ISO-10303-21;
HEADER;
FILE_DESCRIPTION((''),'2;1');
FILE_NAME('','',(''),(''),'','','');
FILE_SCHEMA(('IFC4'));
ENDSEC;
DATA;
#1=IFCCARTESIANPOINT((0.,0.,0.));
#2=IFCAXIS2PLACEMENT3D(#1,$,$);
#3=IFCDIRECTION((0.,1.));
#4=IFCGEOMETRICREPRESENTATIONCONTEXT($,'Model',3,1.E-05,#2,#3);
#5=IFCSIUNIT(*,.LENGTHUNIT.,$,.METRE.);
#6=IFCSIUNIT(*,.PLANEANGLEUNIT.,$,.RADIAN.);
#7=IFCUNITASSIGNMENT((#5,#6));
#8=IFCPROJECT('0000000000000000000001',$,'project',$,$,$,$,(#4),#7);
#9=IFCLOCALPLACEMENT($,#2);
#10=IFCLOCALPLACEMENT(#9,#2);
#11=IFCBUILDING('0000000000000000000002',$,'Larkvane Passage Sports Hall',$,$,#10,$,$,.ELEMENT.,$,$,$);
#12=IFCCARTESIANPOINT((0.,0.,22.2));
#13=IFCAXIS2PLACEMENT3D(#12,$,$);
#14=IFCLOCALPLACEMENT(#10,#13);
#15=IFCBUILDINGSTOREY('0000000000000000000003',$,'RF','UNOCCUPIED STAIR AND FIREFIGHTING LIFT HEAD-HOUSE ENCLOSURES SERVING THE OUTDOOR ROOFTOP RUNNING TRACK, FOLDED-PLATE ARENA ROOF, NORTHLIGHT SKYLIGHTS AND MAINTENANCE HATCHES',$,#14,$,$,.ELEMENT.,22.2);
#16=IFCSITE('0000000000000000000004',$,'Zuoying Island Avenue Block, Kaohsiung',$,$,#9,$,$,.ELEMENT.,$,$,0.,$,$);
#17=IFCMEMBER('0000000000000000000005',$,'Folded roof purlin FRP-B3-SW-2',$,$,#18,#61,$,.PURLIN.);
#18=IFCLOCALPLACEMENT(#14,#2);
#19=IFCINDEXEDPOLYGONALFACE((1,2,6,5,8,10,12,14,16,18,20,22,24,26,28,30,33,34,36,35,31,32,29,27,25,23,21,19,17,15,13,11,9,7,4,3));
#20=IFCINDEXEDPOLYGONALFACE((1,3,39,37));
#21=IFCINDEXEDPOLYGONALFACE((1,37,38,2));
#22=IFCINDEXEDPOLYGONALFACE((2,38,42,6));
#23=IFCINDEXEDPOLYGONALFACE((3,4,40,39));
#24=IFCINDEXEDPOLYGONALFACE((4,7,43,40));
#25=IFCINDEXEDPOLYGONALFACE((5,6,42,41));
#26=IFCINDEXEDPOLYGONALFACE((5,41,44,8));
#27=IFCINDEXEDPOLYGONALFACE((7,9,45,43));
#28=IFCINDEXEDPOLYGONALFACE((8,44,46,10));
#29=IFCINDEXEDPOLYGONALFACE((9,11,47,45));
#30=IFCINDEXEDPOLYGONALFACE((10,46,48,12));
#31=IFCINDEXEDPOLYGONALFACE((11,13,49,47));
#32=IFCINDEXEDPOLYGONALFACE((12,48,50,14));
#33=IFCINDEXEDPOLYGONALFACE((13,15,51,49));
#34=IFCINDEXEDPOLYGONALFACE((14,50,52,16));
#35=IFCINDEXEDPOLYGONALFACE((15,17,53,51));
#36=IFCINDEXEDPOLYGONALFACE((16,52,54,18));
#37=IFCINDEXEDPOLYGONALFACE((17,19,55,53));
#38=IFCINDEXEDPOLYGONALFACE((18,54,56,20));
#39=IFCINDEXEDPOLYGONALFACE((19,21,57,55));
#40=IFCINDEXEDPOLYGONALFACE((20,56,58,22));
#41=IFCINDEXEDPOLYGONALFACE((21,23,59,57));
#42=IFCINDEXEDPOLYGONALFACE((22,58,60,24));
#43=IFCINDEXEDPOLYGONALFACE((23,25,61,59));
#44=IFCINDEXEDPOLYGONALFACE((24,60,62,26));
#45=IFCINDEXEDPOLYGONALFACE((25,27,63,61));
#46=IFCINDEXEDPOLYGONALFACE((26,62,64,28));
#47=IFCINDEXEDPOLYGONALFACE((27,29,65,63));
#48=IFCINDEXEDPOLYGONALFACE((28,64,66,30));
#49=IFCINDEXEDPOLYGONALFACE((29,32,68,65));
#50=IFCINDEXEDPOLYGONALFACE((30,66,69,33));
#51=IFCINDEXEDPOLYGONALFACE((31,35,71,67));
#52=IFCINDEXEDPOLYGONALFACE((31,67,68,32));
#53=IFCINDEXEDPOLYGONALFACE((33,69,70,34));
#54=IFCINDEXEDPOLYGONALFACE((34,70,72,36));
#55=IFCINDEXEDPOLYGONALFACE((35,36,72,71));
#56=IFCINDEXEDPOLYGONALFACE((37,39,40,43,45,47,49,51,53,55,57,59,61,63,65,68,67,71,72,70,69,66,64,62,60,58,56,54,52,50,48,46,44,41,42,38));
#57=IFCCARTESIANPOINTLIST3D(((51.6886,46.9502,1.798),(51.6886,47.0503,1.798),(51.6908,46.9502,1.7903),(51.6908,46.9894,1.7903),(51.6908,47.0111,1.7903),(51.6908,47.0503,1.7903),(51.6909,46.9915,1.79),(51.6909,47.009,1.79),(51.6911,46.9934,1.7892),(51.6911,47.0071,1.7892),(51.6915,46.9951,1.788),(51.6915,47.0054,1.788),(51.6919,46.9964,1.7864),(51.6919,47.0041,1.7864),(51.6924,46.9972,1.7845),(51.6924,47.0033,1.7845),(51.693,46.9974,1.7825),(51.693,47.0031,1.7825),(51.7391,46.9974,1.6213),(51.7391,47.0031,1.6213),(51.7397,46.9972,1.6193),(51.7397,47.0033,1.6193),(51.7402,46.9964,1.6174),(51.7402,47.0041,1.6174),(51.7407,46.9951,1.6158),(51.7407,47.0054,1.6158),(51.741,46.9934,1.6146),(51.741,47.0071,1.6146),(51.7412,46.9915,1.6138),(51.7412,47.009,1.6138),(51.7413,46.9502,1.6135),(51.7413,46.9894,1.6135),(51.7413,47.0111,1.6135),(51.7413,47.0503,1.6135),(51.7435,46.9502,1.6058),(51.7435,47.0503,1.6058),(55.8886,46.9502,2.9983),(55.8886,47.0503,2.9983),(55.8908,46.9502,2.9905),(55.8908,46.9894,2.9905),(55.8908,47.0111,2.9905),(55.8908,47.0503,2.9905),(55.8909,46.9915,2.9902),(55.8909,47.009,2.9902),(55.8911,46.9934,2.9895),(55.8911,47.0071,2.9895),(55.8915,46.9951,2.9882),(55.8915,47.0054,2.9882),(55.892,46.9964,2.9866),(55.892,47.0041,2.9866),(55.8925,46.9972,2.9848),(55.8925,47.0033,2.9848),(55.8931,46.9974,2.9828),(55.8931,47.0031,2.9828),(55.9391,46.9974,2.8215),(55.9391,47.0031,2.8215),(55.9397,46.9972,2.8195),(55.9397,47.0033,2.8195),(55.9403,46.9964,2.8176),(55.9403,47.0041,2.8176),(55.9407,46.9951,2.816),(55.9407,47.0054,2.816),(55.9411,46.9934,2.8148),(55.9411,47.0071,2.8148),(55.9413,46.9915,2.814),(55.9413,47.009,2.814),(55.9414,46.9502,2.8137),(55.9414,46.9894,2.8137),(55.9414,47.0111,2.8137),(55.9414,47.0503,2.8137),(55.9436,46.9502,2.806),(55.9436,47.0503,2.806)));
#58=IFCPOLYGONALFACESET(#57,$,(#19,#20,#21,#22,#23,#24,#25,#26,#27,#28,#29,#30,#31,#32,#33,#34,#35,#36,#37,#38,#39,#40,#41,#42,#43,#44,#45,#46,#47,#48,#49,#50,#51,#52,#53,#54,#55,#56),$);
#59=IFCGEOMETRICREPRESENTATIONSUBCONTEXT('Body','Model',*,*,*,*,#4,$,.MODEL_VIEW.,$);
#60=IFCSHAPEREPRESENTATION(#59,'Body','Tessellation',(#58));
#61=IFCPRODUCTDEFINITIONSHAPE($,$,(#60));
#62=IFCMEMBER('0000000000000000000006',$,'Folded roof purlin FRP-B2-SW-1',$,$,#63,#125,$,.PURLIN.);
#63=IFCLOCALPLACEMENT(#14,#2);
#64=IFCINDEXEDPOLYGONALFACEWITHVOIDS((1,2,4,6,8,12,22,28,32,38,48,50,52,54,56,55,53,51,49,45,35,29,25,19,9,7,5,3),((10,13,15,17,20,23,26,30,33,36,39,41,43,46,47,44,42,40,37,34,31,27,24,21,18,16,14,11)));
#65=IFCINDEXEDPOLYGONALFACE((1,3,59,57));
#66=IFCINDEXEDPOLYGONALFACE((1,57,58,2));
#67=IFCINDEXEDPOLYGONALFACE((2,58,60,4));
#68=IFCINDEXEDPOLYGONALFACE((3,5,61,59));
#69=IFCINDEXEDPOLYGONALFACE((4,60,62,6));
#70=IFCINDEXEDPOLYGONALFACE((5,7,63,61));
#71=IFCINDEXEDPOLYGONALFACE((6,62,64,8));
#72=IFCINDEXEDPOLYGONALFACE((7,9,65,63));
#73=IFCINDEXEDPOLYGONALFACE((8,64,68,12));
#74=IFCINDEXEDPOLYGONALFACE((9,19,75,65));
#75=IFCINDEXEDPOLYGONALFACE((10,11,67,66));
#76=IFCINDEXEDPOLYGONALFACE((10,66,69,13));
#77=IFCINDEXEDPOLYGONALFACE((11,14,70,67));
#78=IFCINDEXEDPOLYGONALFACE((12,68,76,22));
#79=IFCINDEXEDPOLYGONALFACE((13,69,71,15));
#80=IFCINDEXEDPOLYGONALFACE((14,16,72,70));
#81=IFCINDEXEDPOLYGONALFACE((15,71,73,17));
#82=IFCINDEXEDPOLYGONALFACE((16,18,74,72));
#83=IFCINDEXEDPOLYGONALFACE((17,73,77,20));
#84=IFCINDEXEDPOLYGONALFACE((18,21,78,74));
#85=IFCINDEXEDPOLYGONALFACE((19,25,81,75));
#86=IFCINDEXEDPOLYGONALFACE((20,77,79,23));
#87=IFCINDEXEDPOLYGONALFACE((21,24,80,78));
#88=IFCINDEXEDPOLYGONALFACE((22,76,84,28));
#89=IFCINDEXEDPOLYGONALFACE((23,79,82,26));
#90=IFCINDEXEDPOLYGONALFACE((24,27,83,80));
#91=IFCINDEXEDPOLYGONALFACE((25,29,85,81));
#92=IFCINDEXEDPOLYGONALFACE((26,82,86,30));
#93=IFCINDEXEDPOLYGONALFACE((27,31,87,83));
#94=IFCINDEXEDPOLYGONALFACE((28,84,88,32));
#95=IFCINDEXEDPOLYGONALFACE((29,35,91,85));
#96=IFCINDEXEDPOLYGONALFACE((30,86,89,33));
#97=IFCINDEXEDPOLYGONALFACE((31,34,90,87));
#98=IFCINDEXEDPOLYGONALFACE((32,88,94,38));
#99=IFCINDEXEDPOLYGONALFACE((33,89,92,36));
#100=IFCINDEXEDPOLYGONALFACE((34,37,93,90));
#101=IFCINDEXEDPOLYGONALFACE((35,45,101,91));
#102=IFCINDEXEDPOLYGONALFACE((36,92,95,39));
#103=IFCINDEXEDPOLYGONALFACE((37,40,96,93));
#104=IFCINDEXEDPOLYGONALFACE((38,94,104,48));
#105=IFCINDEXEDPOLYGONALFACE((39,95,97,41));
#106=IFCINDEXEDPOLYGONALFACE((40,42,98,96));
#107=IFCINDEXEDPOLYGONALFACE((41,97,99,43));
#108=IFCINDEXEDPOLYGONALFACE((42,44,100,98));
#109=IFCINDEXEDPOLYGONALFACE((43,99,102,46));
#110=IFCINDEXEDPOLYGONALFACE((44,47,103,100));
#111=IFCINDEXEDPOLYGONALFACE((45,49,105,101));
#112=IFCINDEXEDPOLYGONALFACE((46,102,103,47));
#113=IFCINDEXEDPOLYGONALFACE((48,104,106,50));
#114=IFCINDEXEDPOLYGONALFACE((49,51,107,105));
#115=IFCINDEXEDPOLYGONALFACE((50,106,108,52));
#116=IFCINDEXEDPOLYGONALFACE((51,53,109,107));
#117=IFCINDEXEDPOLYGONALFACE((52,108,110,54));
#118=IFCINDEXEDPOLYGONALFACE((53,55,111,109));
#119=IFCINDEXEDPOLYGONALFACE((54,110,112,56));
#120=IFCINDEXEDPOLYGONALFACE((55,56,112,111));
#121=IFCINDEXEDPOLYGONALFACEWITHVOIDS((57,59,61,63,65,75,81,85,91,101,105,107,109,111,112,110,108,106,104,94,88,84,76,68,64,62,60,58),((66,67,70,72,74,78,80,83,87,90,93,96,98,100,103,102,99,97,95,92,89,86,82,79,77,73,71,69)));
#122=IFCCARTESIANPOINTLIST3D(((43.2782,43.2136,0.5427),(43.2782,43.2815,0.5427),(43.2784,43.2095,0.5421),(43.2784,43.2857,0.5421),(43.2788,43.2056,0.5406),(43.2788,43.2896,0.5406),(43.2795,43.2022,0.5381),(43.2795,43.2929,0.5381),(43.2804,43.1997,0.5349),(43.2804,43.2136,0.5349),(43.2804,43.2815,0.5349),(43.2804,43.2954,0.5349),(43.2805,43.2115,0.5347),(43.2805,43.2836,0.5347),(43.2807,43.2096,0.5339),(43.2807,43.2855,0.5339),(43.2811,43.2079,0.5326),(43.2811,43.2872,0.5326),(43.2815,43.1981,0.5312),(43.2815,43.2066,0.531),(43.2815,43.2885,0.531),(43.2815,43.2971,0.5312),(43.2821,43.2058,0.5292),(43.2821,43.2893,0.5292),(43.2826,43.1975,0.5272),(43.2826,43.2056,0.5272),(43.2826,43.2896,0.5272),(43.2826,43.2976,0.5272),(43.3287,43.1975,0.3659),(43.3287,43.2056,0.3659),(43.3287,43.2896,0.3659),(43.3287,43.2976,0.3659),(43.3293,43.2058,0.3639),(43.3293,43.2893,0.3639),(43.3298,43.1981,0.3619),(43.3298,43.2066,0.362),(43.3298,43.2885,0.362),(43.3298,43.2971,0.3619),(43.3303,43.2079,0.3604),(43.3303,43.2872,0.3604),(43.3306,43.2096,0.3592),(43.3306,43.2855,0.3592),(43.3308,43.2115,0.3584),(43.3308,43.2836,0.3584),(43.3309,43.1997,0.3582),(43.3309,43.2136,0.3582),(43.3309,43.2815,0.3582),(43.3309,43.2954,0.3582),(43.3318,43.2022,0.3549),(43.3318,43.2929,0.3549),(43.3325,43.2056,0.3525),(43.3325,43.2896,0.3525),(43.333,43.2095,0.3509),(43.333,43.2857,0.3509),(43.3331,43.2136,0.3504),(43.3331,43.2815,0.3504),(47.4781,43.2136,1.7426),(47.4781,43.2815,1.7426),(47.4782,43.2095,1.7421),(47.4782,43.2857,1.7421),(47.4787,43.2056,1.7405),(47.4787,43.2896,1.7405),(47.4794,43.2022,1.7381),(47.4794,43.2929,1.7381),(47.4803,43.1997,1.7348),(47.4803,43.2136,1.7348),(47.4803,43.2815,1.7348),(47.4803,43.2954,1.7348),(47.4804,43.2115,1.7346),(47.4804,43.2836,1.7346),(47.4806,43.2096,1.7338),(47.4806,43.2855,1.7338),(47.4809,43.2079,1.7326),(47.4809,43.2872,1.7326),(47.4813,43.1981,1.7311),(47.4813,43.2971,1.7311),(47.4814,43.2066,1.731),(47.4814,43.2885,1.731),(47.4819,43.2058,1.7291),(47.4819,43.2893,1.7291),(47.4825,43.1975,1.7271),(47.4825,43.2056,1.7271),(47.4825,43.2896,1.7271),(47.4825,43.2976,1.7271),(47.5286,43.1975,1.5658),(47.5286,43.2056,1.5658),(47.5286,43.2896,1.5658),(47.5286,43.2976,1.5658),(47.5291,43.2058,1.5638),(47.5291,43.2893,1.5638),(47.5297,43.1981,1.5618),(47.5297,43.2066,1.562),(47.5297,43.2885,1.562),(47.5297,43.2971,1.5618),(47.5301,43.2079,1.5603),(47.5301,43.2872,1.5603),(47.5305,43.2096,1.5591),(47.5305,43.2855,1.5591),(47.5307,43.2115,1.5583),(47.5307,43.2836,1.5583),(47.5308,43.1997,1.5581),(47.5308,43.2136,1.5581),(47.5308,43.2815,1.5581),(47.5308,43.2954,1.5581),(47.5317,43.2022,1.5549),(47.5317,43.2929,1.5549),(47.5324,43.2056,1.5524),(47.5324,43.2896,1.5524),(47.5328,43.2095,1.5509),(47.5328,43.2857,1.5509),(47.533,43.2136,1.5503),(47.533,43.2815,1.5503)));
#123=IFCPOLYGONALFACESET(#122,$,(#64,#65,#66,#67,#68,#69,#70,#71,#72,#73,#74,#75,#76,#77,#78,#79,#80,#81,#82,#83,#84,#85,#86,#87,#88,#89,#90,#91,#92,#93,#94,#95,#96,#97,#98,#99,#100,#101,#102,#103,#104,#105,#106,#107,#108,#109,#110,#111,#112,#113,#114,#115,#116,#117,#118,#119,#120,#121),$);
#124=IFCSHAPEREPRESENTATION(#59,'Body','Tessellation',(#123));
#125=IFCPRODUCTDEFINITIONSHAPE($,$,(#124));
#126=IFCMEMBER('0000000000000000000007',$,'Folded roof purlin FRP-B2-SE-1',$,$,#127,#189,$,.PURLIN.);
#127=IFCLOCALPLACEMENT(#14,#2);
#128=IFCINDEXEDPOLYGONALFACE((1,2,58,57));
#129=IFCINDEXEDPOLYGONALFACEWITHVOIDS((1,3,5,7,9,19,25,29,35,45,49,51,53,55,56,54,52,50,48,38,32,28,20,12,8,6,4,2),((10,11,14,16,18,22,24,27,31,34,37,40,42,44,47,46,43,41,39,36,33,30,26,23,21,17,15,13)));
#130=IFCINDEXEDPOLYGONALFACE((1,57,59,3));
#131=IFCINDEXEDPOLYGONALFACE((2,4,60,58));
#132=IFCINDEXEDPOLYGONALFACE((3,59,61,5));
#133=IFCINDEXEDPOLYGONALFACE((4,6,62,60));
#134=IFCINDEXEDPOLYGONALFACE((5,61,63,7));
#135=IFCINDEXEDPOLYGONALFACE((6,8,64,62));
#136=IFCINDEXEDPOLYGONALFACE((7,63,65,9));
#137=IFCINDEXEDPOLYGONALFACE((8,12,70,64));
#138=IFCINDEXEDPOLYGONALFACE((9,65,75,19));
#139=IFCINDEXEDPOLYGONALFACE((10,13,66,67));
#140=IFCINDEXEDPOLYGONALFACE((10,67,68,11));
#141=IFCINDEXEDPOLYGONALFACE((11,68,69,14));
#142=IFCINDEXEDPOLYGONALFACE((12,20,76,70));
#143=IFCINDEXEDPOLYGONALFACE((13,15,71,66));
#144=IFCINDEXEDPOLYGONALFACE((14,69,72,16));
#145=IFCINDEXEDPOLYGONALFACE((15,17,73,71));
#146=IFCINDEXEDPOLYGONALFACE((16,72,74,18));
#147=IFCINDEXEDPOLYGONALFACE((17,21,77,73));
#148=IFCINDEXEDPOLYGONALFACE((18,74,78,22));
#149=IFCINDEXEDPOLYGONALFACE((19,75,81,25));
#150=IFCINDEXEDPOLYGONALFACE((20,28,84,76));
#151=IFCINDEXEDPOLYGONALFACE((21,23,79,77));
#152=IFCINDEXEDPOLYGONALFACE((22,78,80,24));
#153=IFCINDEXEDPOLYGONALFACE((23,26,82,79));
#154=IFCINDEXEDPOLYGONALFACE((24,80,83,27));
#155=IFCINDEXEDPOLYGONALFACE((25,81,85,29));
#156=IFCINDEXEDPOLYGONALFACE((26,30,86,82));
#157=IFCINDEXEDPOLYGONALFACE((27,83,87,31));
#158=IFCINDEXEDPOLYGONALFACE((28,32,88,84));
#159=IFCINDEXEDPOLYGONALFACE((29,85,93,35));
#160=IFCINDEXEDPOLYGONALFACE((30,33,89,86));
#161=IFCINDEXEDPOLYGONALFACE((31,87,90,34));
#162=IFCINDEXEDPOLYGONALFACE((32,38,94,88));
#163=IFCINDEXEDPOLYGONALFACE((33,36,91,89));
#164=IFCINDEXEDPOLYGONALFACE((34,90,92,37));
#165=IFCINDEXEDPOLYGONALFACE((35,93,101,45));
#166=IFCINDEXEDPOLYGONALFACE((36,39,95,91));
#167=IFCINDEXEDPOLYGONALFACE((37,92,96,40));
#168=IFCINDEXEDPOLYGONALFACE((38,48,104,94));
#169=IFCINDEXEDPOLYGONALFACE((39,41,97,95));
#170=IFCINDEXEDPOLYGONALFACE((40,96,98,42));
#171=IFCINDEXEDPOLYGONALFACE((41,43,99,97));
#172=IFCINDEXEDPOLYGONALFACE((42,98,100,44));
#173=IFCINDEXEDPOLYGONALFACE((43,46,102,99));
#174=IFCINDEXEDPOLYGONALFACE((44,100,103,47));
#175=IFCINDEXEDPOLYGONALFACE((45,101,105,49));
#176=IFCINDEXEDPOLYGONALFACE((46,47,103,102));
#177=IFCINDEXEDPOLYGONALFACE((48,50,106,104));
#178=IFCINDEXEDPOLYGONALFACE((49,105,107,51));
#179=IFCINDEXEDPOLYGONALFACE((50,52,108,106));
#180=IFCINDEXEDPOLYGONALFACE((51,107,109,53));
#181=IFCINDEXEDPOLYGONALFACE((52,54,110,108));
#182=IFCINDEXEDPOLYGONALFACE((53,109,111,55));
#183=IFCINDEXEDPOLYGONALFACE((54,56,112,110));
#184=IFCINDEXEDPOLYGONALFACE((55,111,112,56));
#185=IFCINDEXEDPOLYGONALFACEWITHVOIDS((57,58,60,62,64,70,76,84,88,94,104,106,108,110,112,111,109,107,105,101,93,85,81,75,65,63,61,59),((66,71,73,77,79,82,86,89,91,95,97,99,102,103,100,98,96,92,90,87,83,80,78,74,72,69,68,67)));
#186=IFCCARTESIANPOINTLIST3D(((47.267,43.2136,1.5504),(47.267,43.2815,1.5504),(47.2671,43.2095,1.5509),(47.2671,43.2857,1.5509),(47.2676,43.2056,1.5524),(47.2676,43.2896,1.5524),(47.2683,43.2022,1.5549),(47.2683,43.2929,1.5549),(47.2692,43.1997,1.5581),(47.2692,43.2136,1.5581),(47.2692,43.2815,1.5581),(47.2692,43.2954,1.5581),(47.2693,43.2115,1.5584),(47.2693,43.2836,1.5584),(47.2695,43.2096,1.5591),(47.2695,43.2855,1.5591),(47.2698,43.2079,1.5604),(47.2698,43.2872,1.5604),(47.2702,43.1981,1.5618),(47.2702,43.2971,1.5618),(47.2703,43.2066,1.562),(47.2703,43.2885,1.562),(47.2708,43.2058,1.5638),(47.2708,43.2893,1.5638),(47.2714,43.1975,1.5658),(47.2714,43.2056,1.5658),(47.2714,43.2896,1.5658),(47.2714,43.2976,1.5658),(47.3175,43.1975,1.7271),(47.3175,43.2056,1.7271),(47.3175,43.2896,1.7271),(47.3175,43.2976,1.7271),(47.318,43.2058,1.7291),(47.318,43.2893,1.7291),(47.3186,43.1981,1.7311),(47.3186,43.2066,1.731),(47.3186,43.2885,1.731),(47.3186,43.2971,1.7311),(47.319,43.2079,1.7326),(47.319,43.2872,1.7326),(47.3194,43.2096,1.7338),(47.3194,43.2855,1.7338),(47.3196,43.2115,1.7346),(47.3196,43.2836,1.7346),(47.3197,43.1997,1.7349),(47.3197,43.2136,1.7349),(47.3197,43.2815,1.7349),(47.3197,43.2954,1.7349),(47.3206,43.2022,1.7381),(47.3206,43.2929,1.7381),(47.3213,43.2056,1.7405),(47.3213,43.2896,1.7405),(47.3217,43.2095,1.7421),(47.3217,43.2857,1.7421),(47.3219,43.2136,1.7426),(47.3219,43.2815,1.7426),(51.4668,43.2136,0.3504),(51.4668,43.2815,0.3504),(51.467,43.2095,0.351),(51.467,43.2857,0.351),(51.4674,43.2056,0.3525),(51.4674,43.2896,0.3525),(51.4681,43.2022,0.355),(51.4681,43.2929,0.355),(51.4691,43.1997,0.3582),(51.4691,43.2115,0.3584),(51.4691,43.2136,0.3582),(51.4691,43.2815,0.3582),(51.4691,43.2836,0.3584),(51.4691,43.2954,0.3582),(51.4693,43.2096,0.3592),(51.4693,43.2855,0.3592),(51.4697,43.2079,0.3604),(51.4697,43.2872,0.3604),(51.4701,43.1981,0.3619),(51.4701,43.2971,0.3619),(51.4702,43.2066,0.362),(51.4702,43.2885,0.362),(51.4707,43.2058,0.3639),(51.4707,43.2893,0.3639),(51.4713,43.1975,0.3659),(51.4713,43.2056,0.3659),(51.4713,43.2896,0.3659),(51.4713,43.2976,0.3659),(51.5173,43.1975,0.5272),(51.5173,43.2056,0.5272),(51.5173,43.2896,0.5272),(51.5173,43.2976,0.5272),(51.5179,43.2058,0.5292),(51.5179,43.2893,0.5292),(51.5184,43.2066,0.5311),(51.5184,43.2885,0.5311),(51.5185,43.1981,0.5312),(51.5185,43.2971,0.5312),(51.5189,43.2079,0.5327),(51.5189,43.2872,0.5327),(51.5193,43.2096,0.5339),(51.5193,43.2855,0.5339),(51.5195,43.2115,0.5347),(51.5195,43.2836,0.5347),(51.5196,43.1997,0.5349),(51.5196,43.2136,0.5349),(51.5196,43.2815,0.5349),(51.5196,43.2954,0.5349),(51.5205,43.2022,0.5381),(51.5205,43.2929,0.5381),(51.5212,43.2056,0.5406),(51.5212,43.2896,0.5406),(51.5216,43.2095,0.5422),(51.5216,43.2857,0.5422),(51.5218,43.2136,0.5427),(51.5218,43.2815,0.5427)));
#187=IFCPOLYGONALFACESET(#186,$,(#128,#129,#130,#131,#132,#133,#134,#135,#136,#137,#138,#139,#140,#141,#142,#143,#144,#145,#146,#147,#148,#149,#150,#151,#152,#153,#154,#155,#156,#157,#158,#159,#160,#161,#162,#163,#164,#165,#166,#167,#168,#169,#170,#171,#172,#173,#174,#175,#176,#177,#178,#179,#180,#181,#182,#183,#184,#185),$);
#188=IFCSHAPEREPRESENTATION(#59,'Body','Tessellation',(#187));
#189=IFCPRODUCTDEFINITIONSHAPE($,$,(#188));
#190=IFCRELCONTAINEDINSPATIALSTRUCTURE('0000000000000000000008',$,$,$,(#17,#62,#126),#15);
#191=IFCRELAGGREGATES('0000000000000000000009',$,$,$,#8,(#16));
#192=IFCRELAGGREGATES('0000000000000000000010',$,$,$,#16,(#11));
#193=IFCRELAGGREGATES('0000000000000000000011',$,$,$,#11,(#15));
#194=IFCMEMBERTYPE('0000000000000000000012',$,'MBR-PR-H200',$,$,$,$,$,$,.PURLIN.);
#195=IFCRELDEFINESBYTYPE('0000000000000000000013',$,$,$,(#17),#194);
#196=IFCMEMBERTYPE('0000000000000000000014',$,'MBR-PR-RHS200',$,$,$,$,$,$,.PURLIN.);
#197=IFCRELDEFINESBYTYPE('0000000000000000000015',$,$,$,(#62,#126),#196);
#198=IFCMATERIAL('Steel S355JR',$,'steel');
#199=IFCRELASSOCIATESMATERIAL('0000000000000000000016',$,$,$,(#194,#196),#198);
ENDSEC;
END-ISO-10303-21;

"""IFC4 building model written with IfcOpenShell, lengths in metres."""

from ifc_helpers import new_model, si_unit, direction, frame, origin, origin_2d, place, context, subcontext, project, spatial, hollow_rectangle, i_section, extrude, material, material_profile, profile_set, type_object, element, save


model = new_model("IFC4")

# Units and contexts
model_context = context("Model", 3, precision=1e-05, world=origin(), true_north=direction((0.0, 1.0)))
body_context = subcontext(model_context, "Body", "Model", "MODEL_VIEW")
ifc_project = project(units=[si_unit("LENGTHUNIT", "METRE"), si_unit("PLANEANGLEUNIT", "RADIAN")], contexts=[model_context])

# Site, building, storey
site_placement = place(None, origin())
site = spatial("IfcSite", under=ifc_project, at=site_placement, Name="Zuoying Island Avenue Block, Kaohsiung", CompositionType="ELEMENT", RefElevation=0.0)
building_placement = place(site_placement, origin())
building = spatial("IfcBuilding", under=site, at=building_placement, Name="Larkvane Passage Sports Hall", CompositionType="ELEMENT")
storey_placement = place(building_placement, frame((0.0, 0.0, 22.2)))
storey = spatial("IfcBuildingStorey", under=building, at=storey_placement, Name="RF", Description="UNOCCUPIED STAIR AND FIREFIGHTING LIFT HEAD-HOUSE ENCLOSURES SERVING THE OUTDOOR ROOFTOP RUNNING TRACK, FOLDED-PLATE ARENA ROOF, NORTHLIGHT SKYLIGHTS AND MAINTENANCE HATCHES", CompositionType="ELEMENT", Elevation=22.2)

# Members
ifc_material_1 = material(Name="Steel S355JR", Category="steel")
ifc_material_profile_1 = material_profile(ifc_material_1, i_section(OverallWidth=0.1001, OverallDepth=0.2, WebThickness=0.0056, FlangeThickness=0.0081, FilletRadius=0.0081, at=origin_2d()), Name="H-200x100x5.5x8")
ifc_profile_set_1 = profile_set([ifc_material_profile_1], Name="Steel S355JR")
member_type_1 = type_object("IfcMemberType", Name="MBR-PR-H200", PredefinedType="PURLIN", material=ifc_profile_set_1)
member_1_placement = place(storey_placement, frame((51.7161, 47.0002, 1.7019), z_axis=(0.961511, 0.0, 0.274765), x_axis=(0.0, 1.0, 0.0)))
element("IfcMember", 1, at=member_1_placement, inside=storey, type_object=member_type_1, Name="Folded roof purlin FRP-B3-SW-2", PredefinedType="PURLIN", context=body_context, shape_type="SweptSolid", body=[
    extrude(i_section(OverallWidth=0.1001, OverallDepth=0.2, WebThickness=0.0056, FlangeThickness=0.0081, FilletRadius=0.0081, at=origin_2d()), origin(), (0.0, 0.0, 1.0), 4.3682),
])
ifc_material_profile_2 = material_profile(ifc_material_1, hollow_rectangle(XDim=0.1001, YDim=0.2, WallThickness=0.0081, InnerFilletRadius=0.0081, OuterFilletRadius=0.0161, at=origin_2d()), Name="RHS-200x100x8")
ifc_profile_set_2 = profile_set([ifc_material_profile_2], Name="Steel S355JR")
member_type_2 = type_object("IfcMemberType", Name="MBR-PR-RHS200", PredefinedType="PURLIN", material=ifc_profile_set_2)
for number, where, z_axis, x_axis, name in (
    (2, (43.3057, 43.2476, 0.4465), (0.961526, 0.0, 0.274714), (0.0, 1.0, 0.0), "Folded roof purlin FRP-B2-SW-1"),
    (3, (47.2944, 43.2476, 1.6465), (0.961526, 0.0, -0.274714), (0.0, 1.0, 0.0), "Folded roof purlin FRP-B2-SE-1"),
):
    element("IfcMember", number, at=place(storey_placement, frame(where, z_axis=z_axis, x_axis=x_axis)), inside=storey, type_object=member_type_2, Name=name, PredefinedType="PURLIN", context=body_context, shape_type="SweptSolid", body=[
        extrude(hollow_rectangle(XDim=0.1001, YDim=0.2, WallThickness=0.0081, InnerFilletRadius=0.0081, OuterFilletRadius=0.0161, at=origin_2d()), origin(), (0.0, 0.0, 1.0), 4.3679),
    ])

save(model, "model.ifc")
